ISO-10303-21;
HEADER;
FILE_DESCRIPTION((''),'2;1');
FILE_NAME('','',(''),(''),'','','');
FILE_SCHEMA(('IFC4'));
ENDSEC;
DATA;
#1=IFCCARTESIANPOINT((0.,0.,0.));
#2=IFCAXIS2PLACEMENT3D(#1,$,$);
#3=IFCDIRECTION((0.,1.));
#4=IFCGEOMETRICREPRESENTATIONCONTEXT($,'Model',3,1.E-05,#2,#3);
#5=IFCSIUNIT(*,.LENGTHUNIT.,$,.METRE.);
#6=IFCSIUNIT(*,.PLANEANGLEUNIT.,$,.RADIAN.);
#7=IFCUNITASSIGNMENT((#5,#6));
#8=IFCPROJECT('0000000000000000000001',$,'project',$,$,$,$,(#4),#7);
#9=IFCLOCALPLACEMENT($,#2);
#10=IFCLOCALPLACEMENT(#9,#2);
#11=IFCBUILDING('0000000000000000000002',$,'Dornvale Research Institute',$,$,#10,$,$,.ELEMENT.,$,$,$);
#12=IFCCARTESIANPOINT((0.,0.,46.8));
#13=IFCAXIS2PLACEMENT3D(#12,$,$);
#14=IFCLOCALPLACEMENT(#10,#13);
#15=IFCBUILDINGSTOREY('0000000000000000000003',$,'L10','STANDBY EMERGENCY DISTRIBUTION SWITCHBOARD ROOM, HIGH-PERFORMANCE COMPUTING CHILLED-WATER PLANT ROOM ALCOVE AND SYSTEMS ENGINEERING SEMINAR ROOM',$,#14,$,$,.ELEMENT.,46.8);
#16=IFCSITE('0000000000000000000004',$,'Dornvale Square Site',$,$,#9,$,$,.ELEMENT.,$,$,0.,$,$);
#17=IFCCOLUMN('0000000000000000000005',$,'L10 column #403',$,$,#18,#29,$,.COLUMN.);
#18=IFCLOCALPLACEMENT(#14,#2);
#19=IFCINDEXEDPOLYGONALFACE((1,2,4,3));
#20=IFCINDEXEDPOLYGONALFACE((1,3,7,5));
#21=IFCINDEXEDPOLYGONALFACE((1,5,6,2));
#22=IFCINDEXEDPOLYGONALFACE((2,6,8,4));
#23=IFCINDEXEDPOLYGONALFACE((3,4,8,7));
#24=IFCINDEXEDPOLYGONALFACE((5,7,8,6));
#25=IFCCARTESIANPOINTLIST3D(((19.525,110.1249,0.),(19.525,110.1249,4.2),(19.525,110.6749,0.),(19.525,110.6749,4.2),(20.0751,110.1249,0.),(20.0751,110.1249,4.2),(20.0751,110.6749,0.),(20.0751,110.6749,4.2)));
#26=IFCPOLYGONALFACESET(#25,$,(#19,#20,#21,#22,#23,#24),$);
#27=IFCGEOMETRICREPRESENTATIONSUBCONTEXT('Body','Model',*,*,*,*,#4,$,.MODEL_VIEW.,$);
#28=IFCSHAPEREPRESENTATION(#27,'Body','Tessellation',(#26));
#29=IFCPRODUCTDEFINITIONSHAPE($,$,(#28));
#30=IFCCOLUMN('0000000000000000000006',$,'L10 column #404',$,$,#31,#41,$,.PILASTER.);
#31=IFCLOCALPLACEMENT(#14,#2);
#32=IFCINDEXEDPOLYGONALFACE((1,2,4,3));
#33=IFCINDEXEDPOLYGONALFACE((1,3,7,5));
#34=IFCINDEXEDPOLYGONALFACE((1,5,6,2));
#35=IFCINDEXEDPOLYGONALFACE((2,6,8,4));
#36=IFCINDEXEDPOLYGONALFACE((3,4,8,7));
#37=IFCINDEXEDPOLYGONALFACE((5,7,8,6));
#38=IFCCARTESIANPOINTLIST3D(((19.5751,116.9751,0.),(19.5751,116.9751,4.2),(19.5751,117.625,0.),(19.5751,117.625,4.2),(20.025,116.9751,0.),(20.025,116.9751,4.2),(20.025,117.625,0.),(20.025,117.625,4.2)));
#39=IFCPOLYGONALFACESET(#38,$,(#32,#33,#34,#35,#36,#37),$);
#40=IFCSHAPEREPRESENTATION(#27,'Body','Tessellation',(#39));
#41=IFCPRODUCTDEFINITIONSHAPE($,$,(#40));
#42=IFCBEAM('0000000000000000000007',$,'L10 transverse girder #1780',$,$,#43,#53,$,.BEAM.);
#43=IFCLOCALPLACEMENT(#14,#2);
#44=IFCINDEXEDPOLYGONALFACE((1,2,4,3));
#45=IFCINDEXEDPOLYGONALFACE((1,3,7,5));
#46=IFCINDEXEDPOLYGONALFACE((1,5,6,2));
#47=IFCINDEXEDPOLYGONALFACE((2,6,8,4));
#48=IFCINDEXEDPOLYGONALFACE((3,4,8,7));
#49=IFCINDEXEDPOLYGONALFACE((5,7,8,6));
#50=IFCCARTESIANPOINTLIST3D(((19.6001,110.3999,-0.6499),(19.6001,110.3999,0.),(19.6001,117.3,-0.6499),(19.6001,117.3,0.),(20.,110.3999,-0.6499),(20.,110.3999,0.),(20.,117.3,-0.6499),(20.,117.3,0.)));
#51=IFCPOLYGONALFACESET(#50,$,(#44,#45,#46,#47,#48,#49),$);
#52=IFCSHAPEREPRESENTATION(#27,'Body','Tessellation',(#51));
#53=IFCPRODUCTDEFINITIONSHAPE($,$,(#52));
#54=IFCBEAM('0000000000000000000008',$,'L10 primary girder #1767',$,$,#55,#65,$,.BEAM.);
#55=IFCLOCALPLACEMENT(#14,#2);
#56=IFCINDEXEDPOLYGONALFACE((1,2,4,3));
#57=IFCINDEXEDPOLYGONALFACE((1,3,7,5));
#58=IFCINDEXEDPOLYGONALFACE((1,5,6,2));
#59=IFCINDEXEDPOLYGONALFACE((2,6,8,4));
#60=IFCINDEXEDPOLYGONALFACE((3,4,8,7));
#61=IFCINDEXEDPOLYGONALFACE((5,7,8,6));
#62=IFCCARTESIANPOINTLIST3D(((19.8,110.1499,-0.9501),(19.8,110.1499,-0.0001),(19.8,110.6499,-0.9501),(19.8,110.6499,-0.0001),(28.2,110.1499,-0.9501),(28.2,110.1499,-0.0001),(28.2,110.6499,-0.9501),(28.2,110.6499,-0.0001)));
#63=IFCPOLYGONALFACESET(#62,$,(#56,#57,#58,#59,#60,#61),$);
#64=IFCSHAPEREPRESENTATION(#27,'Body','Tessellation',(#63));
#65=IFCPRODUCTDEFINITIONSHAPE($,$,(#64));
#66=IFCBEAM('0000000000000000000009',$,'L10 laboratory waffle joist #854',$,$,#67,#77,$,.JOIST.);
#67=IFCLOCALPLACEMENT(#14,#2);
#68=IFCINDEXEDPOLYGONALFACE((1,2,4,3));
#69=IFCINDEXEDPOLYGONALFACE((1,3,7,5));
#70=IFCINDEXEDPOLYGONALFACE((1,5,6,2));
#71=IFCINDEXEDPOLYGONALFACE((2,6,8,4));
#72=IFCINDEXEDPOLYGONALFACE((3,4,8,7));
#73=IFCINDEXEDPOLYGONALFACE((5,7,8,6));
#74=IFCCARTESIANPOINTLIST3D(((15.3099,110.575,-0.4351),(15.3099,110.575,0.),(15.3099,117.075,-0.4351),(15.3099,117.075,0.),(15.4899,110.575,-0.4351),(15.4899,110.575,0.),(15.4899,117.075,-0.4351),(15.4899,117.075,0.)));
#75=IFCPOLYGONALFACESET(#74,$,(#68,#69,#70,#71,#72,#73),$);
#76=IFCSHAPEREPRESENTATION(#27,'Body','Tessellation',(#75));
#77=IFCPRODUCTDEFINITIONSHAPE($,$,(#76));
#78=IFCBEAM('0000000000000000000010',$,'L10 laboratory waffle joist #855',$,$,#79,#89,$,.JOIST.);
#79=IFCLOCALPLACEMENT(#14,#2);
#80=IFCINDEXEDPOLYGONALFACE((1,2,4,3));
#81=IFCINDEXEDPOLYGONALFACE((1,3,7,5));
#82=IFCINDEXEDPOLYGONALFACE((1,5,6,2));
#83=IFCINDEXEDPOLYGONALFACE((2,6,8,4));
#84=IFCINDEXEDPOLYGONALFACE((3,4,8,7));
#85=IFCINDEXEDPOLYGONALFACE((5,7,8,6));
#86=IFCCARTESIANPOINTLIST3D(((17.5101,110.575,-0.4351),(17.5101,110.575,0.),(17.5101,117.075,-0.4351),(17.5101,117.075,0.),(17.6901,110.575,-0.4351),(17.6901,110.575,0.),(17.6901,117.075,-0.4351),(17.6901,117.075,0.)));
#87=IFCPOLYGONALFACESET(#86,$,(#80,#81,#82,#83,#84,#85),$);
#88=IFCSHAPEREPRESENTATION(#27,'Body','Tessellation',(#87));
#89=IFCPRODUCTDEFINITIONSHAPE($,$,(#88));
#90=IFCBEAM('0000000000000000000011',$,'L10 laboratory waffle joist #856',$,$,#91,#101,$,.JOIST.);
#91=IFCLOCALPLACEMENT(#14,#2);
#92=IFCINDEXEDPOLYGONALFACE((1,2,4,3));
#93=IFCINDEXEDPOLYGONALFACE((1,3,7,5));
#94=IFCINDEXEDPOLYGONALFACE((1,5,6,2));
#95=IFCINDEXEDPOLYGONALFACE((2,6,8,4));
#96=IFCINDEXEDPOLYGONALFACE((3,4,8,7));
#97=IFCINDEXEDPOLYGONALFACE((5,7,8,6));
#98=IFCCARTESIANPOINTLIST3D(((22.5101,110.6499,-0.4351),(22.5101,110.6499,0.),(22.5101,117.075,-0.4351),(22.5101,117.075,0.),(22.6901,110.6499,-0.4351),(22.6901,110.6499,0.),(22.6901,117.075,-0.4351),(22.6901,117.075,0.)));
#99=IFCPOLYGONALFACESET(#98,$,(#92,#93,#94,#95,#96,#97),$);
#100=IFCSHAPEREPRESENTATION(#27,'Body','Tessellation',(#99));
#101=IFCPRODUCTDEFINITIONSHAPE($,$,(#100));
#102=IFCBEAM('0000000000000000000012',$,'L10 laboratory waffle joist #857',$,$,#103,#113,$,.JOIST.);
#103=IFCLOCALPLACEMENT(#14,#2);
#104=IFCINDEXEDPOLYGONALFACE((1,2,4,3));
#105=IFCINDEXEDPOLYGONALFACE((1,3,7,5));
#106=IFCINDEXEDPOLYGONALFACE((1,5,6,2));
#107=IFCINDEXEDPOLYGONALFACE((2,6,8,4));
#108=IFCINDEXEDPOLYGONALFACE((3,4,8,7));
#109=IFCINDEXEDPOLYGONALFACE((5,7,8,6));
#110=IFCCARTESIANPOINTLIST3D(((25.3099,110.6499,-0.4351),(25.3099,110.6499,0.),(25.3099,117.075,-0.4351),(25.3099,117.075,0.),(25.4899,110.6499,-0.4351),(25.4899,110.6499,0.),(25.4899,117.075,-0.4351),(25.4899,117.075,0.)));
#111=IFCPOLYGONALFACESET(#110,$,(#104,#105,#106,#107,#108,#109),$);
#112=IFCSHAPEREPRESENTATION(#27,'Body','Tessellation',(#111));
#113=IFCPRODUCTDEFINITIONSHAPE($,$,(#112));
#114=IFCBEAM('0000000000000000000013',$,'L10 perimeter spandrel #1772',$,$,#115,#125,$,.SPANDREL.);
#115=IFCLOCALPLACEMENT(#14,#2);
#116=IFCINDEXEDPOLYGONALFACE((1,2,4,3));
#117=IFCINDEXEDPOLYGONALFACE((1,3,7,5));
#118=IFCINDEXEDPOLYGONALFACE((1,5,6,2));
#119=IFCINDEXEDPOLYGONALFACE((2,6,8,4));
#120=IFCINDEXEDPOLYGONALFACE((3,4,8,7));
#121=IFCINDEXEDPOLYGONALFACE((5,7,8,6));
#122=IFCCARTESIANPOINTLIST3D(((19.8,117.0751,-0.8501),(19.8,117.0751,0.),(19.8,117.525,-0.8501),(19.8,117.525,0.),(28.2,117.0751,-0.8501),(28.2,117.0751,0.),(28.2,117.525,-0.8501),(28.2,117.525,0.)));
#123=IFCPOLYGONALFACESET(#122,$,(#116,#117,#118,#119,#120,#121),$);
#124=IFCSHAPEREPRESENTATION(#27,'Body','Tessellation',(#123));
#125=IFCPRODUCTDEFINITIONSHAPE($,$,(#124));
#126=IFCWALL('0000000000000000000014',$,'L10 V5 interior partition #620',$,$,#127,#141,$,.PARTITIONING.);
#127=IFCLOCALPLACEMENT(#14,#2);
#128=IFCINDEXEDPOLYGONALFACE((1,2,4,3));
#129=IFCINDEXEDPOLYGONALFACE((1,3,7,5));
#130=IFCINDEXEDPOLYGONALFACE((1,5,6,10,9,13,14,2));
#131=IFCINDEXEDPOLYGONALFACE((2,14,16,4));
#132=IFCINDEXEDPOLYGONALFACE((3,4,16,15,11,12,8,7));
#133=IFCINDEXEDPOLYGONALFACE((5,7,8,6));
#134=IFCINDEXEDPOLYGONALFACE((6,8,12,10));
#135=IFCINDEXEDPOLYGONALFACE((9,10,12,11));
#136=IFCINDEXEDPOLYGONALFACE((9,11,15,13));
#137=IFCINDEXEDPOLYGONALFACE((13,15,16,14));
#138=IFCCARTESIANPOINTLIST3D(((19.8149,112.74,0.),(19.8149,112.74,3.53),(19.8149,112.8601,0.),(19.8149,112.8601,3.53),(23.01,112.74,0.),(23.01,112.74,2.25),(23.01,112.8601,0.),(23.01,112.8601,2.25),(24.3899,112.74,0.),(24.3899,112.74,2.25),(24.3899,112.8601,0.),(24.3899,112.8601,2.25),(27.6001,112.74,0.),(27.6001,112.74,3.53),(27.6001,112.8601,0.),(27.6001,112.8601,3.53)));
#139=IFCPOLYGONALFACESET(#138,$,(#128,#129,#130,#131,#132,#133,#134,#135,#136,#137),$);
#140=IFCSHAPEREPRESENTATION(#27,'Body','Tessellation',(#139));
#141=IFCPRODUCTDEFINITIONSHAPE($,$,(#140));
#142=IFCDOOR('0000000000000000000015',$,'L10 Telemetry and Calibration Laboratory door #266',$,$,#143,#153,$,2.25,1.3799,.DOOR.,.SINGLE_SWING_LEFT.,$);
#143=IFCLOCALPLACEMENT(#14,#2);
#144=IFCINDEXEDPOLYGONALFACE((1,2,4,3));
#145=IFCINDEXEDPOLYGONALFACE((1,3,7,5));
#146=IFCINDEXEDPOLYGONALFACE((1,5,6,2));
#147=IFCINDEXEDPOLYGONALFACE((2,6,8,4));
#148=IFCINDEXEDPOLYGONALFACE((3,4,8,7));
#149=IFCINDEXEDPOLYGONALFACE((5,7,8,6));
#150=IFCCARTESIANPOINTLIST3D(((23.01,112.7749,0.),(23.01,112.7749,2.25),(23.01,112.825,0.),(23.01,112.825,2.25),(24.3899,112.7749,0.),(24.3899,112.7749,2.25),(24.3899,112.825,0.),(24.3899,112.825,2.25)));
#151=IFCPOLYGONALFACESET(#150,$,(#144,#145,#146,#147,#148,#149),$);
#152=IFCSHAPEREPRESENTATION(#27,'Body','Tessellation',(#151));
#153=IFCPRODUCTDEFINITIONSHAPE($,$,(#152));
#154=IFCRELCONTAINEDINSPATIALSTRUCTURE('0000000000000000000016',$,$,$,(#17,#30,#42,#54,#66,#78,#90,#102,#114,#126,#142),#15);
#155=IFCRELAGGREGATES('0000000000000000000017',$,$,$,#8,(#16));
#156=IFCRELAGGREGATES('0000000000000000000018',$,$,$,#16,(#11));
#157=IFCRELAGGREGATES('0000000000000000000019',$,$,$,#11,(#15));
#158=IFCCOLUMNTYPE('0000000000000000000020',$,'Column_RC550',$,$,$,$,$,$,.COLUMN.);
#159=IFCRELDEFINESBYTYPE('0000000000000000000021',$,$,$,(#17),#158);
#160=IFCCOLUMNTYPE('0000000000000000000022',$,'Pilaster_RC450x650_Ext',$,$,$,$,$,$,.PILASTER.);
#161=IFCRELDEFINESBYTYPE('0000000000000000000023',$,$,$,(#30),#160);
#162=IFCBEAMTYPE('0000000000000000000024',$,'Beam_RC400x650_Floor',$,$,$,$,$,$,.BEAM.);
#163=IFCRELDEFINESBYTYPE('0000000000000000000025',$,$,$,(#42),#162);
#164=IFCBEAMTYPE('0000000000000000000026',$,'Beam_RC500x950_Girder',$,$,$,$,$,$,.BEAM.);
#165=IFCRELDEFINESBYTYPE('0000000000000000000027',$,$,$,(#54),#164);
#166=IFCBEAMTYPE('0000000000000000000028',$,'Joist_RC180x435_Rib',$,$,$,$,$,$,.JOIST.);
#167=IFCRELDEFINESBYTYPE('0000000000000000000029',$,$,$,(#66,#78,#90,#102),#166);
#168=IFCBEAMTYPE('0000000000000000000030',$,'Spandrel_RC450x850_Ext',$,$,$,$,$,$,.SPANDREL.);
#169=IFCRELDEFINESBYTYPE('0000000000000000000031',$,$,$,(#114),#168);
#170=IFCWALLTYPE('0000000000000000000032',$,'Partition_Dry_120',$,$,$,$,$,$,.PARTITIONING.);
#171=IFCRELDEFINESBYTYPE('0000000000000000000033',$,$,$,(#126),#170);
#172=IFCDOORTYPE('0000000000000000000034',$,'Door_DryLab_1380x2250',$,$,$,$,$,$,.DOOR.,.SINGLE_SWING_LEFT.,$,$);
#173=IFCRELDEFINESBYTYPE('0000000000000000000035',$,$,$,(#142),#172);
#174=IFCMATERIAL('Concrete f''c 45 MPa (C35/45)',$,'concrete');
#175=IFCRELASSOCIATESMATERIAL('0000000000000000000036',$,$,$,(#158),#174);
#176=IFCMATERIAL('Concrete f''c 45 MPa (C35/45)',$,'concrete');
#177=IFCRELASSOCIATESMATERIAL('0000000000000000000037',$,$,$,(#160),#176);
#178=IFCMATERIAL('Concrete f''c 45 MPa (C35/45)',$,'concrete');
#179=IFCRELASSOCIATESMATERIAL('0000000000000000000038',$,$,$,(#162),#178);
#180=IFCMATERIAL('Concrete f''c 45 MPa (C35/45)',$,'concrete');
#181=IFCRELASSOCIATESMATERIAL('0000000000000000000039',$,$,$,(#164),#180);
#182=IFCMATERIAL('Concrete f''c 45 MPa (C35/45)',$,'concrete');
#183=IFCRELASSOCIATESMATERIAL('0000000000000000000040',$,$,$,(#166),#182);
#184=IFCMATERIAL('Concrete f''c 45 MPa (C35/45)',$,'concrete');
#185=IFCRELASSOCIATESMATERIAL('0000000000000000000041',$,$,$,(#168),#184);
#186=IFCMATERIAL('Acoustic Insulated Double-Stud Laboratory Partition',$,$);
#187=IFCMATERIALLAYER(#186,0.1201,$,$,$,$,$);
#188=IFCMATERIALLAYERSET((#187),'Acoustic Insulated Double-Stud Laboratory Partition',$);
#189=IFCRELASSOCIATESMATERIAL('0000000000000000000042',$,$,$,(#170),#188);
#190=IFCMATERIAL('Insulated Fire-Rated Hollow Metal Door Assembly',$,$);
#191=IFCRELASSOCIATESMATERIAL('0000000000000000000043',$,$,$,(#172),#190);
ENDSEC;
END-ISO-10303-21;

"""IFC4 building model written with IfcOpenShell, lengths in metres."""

from ifc_helpers import new_model, si_unit, direction, frame, frame_2d, origin, origin_2d, place, context, subcontext, project, spatial, rectangle, extrude, material, layer, layer_set, material_profile, profile_set, type_object, element, fill, save


model = new_model("IFC4")

# Units and contexts
model_context = context("Model", 3, precision=1e-05, world=origin(), true_north=direction((0.0, 1.0)))
body_context = subcontext(model_context, "Body", "Model", "MODEL_VIEW")
ifc_project = project(units=[si_unit("LENGTHUNIT", "METRE"), si_unit("PLANEANGLEUNIT", "RADIAN")], contexts=[model_context])

# Site, building, storey
site_placement = place(None, origin())
site = spatial("IfcSite", under=ifc_project, at=site_placement, Name="Dornvale Square Site", CompositionType="ELEMENT", RefElevation=0.0)
building_placement = place(site_placement, origin())
building = spatial("IfcBuilding", under=site, at=building_placement, Name="Dornvale Research Institute", CompositionType="ELEMENT")
storey_placement = place(building_placement, frame((0.0, 0.0, 46.8)))
storey = spatial("IfcBuildingStorey", under=building, at=storey_placement, Name="L10", Description="STANDBY EMERGENCY DISTRIBUTION SWITCHBOARD ROOM, HIGH-PERFORMANCE COMPUTING CHILLED-WATER PLANT ROOM ALCOVE AND SYSTEMS ENGINEERING SEMINAR ROOM", CompositionType="ELEMENT", Elevation=46.8)

# Columns
ifc_material_1 = material(Name="Concrete f'c 45 MPa (C35/45)", Category="concrete")
ifc_material_profile_1 = material_profile(ifc_material_1, rectangle(XDim=0.55, YDim=0.55, at=origin_2d()), Name="RC 550x550")
ifc_profile_set_1 = profile_set([ifc_material_profile_1], Name="Concrete f'c 45 MPa (C35/45)")
column_type_1 = type_object("IfcColumnType", Name="Column_RC550", PredefinedType="COLUMN", material=ifc_profile_set_1)
column_1_placement = place(storey_placement, frame((19.8, 110.3999, 0.0), z_axis=(0.0, 0.0, 1.0), x_axis=(1.0, 0.0, 0.0)))
element("IfcColumn", 1, at=column_1_placement, inside=storey, type_object=column_type_1, Name="L10 column #403", PredefinedType="COLUMN", context=body_context, shape_type="SweptSolid", body=[
    extrude(rectangle(XDim=0.55, YDim=0.55, at=origin_2d()), origin(), (0.0, 0.0, 1.0), 4.2),
])
ifc_material_2 = material(Name="Concrete f'c 45 MPa (C35/45)", Category="concrete")
ifc_material_profile_2 = material_profile(ifc_material_2, rectangle(XDim=0.45, YDim=0.6499, at=origin_2d()), Name="RC 450x650")
ifc_profile_set_2 = profile_set([ifc_material_profile_2], Name="Concrete f'c 45 MPa (C35/45)")
column_type_2 = type_object("IfcColumnType", Name="Pilaster_RC450x650_Ext", PredefinedType="PILASTER", material=ifc_profile_set_2)
column_2_placement = place(storey_placement, frame((19.8, 117.3, 0.0), z_axis=(0.0, 0.0, 1.0), x_axis=(1.0, 0.0, 0.0)))
element("IfcColumn", 2, at=column_2_placement, inside=storey, type_object=column_type_2, Name="L10 column #404", PredefinedType="PILASTER", context=body_context, shape_type="SweptSolid", body=[
    extrude(rectangle(XDim=0.45, YDim=0.6499, at=origin_2d()), origin(), (0.0, 0.0, 1.0), 4.2),
])

# Beams
ifc_material_3 = material(Name="Concrete f'c 45 MPa (C35/45)", Category="concrete")
ifc_material_profile_3 = material_profile(ifc_material_3, rectangle(XDim=0.3999, YDim=0.6499, at=origin_2d()), Name="RC 400x650")
ifc_profile_set_3 = profile_set([ifc_material_profile_3], Name="Concrete f'c 45 MPa (C35/45)")
beam_type_1 = type_object("IfcBeamType", Name="Beam_RC400x650_Floor", PredefinedType="BEAM", material=ifc_profile_set_3)
beam_1_placement = place(storey_placement, frame((19.8, 110.3999, -0.325), z_axis=(0.0, 1.0, 0.0), x_axis=(-1.0, 0.0, 0.0)))
element("IfcBeam", 3, at=beam_1_placement, inside=storey, type_object=beam_type_1, Name="L10 transverse girder #1780", PredefinedType="BEAM", context=body_context, shape_type="SweptSolid", body=[
    extrude(rectangle(XDim=0.3999, YDim=0.6499, at=origin_2d()), origin(), (0.0, 0.0, 1.0), 6.9001),
])
ifc_material_4 = material(Name="Concrete f'c 45 MPa (C35/45)", Category="concrete")
ifc_material_profile_4 = material_profile(ifc_material_4, rectangle(XDim=0.5, YDim=0.95, at=origin_2d()), Name="RC 500x950")
ifc_profile_set_4 = profile_set([ifc_material_profile_4], Name="Concrete f'c 45 MPa (C35/45)")
beam_type_2 = type_object("IfcBeamType", Name="Beam_RC500x950_Girder", PredefinedType="BEAM", material=ifc_profile_set_4)
beam_2_placement = place(storey_placement, frame((19.8, 110.3999, -0.4751), z_axis=(1.0, 0.0, 0.0), x_axis=(0.0, 1.0, 0.0)))
element("IfcBeam", 4, at=beam_2_placement, inside=storey, type_object=beam_type_2, Name="L10 primary girder #1767", PredefinedType="BEAM", context=body_context, shape_type="SweptSolid", body=[
    extrude(rectangle(XDim=0.5, YDim=0.95, at=origin_2d()), origin(), (0.0, 0.0, 1.0), 8.3999),
])
ifc_material_5 = material(Name="Concrete f'c 45 MPa (C35/45)", Category="concrete")
ifc_material_profile_5 = material_profile(ifc_material_5, rectangle(XDim=0.1799, YDim=0.4351, at=origin_2d()), Name="RC 180x435")
ifc_profile_set_5 = profile_set([ifc_material_profile_5], Name="Concrete f'c 45 MPa (C35/45)")
beam_type_3 = type_object("IfcBeamType", Name="Joist_RC180x435_Rib", PredefinedType="JOIST", material=ifc_profile_set_5)
for number, where, z_axis, x_axis, name in (
    (5, (15.3999, 110.575, -0.2175), (0.0, 1.0, 0.0), (-1.0, 0.0, 0.0), "L10 laboratory waffle joist #854"),
    (6, (17.6001, 110.575, -0.2175), (0.0, 1.0, 0.0), (-1.0, 0.0, 0.0), "L10 laboratory waffle joist #855"),
):
    element("IfcBeam", number, at=place(storey_placement, frame(where, z_axis=z_axis, x_axis=x_axis)), inside=storey, type_object=beam_type_3, Name=name, PredefinedType="JOIST", context=body_context, shape_type="SweptSolid", body=[
        extrude(rectangle(XDim=0.1799, YDim=0.4351, at=origin_2d()), origin(), (0.0, 0.0, 1.0), 6.5),
    ])
for number, where, z_axis, x_axis, name in (
    (7, (22.6001, 110.6499, -0.2175), (0.0, 1.0, 0.0), (-1.0, 0.0, 0.0), "L10 laboratory waffle joist #856"),
    (8, (25.3999, 110.6499, -0.2175), (0.0, 1.0, 0.0), (-1.0, 0.0, 0.0), "L10 laboratory waffle joist #857"),
):
    element("IfcBeam", number, at=place(storey_placement, frame(where, z_axis=z_axis, x_axis=x_axis)), inside=storey, type_object=beam_type_3, Name=name, PredefinedType="JOIST", context=body_context, shape_type="SweptSolid", body=[
        extrude(rectangle(XDim=0.1799, YDim=0.4351, at=origin_2d()), origin(), (0.0, 0.0, 1.0), 6.425),
    ])
ifc_material_6 = material(Name="Concrete f'c 45 MPa (C35/45)", Category="concrete")
ifc_material_profile_6 = material_profile(ifc_material_6, rectangle(XDim=0.45, YDim=0.8501, at=origin_2d()), Name="RC 450x850")
ifc_profile_set_6 = profile_set([ifc_material_profile_6], Name="Concrete f'c 45 MPa (C35/45)")
beam_type_4 = type_object("IfcBeamType", Name="Spandrel_RC450x850_Ext", PredefinedType="SPANDREL", material=ifc_profile_set_6)
beam_3_placement = place(storey_placement, frame((19.8, 117.3, -0.425), z_axis=(1.0, 0.0, 0.0), x_axis=(0.0, 1.0, 0.0)))
element("IfcBeam", 9, at=beam_3_placement, inside=storey, type_object=beam_type_4, Name="L10 perimeter spandrel #1772", PredefinedType="SPANDREL", context=body_context, shape_type="SweptSolid", body=[
    extrude(rectangle(XDim=0.45, YDim=0.8501, at=origin_2d()), origin(), (0.0, 0.0, 1.0), 8.3999),
])

# Wall, opening, door
ifc_material_7 = material(Name="Acoustic Insulated Double-Stud Laboratory Partition")
ifc_layer_1 = layer(ifc_material_7, 0.1201)
ifc_layer_set_1 = layer_set([ifc_layer_1], Name="Acoustic Insulated Double-Stud Laboratory Partition")
wall_type_1 = type_object("IfcWallType", Name="Partition_Dry_120", PredefinedType="PARTITIONING", material=ifc_layer_set_1)
wall_1_placement = place(storey_placement, frame((19.8149, 112.8, 0.0), z_axis=(0.0, 0.0, 1.0), x_axis=(1.0, 0.0, 0.0)))
wall_1 = element("IfcWall", 10, at=wall_1_placement, inside=storey, type_object=wall_type_1, Name="L10 V5 interior partition #620", PredefinedType="PARTITIONING", context=body_context, shape_type="SweptSolid", body=[
    extrude(rectangle(XDim=7.7852, YDim=0.1201, at=frame_2d((3.8926, 0.0))), origin(), (0.0, 0.0, 1.0), 3.53),
])
opening_1_placement = place(wall_1_placement, frame((3.1951, 0.0, 0.0)))
opening_1 = element("IfcOpeningElement", 11, at=opening_1_placement, cuts=wall_1, PredefinedType="OPENING", context=body_context, shape_type="SweptSolid", body=[
    extrude(rectangle(XDim=1.3799, YDim=2.25, at=frame_2d((0.6899, 1.125))), frame((0.0, 0.075, 0.0), z_axis=(0.0, -1.0, 0.0), x_axis=(1.0, 0.0, 0.0)), (0.0, 0.0, 1.0), 0.1501),
])
ifc_material_8 = material(Name="Insulated Fire-Rated Hollow Metal Door Assembly")
door_type_1 = type_object("IfcDoorType", Name="Door_DryLab_1380x2250", OperationType="SINGLE_SWING_LEFT", PredefinedType="DOOR", material=ifc_material_8)
door_1_placement = place(opening_1_placement, origin())
door_1 = element("IfcDoor", 12, at=door_1_placement, inside=storey, type_object=door_type_1, Name="L10 Telemetry and Calibration Laboratory door #266", OperationType="SINGLE_SWING_LEFT", OverallHeight=2.25, OverallWidth=1.3799, PredefinedType="DOOR", context=body_context, shape_type="SweptSolid", body=[
    extrude(rectangle(XDim=1.3799, YDim=2.25, at=frame_2d((0.6899, 1.125))), frame((0.0, 0.0249, 0.0), z_axis=(0.0, -1.0, 0.0), x_axis=(1.0, 0.0, 0.0)), (0.0, 0.0, 1.0), 0.05),
])
fill(opening_1, door_1)

save(model, "model.ifc")
